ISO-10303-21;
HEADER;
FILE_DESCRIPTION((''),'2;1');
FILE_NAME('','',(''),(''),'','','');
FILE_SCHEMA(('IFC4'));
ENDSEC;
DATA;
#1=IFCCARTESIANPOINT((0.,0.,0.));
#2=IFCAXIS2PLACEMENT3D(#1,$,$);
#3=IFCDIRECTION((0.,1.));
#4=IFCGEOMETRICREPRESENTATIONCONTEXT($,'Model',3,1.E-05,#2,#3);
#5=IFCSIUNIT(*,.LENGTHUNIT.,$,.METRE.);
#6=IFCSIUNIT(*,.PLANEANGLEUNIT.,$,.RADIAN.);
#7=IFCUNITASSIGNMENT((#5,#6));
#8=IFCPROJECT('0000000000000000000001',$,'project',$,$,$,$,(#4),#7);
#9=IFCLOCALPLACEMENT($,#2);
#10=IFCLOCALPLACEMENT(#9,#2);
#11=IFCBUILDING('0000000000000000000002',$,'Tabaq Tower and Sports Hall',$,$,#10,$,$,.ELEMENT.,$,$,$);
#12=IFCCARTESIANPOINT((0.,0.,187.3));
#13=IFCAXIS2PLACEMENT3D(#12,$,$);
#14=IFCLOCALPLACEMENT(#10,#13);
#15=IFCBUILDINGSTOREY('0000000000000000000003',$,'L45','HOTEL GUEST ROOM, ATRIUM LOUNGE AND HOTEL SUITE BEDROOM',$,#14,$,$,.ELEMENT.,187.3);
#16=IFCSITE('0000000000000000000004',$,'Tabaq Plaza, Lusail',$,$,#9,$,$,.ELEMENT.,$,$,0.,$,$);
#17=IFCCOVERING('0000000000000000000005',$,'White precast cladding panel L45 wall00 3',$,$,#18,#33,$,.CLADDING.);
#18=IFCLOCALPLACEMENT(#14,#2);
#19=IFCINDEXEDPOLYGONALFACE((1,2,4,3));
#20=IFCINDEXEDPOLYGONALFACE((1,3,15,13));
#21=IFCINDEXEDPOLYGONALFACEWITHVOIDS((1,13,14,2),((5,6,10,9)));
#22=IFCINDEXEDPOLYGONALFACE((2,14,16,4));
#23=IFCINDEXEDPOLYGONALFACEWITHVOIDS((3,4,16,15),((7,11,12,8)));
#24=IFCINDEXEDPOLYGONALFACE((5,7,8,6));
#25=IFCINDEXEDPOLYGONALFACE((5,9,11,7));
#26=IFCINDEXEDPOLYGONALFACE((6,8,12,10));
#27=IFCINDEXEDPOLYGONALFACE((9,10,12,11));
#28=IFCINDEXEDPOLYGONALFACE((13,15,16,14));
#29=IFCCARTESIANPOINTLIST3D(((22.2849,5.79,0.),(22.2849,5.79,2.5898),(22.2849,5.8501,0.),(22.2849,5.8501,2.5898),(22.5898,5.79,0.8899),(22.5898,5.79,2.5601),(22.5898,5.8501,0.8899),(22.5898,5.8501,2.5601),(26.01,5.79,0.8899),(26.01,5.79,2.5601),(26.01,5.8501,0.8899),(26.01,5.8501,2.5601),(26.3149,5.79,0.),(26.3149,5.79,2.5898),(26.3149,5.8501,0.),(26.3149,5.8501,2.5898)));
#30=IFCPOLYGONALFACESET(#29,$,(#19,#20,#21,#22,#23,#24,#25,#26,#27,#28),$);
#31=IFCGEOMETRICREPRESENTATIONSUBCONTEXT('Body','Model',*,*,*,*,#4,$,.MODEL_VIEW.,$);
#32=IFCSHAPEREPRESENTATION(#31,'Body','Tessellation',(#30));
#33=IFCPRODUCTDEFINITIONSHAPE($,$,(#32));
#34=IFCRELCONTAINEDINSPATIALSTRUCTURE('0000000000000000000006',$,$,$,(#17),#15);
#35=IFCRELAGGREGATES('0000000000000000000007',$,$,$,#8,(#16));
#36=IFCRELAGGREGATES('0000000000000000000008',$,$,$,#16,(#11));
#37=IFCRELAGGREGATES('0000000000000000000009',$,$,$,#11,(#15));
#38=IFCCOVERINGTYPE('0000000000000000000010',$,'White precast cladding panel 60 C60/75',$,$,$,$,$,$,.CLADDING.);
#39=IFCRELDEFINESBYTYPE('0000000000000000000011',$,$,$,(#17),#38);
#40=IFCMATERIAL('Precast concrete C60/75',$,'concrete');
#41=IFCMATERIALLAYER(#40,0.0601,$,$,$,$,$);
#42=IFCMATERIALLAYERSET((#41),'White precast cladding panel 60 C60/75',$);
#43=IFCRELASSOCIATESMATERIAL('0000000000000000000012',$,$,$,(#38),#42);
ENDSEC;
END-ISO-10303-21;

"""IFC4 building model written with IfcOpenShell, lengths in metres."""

from ifc_helpers import new_model, si_unit, direction, frame, origin, place, context, subcontext, project, spatial, polyline, outline, extrude, material, layer, layer_set, type_object, element, save


model = new_model("IFC4")

# Units and contexts
model_context = context("Model", 3, precision=1e-05, world=origin(), true_north=direction((0.0, 1.0)))
body_context = subcontext(model_context, "Body", "Model", "MODEL_VIEW")
ifc_project = project(units=[si_unit("LENGTHUNIT", "METRE"), si_unit("PLANEANGLEUNIT", "RADIAN")], contexts=[model_context])

# Site, building, storey
site_placement = place(None, origin())
site = spatial("IfcSite", under=ifc_project, at=site_placement, Name="Tabaq Plaza, Lusail", CompositionType="ELEMENT", RefElevation=0.0)
building_placement = place(site_placement, origin())
building = spatial("IfcBuilding", under=site, at=building_placement, Name="Tabaq Tower and Sports Hall", CompositionType="ELEMENT")
storey_placement = place(building_placement, frame((0.0, 0.0, 187.3)))
storey = spatial("IfcBuildingStorey", under=building, at=storey_placement, Name="L45", Description="HOTEL GUEST ROOM, ATRIUM LOUNGE AND HOTEL SUITE BEDROOM", CompositionType="ELEMENT", Elevation=187.3)

# Covering
ifc_material_1 = material(Name="Precast concrete C60/75", Category="concrete")
ifc_layer_1 = layer(ifc_material_1, 0.0601)
ifc_layer_set_1 = layer_set([ifc_layer_1], Name="White precast cladding panel 60 C60/75")
covering_type = type_object("IfcCoveringType", Name="White precast cladding panel 60 C60/75", PredefinedType="CLADDING", material=ifc_layer_set_1)
covering_1_placement = place(storey_placement, frame((22.2849, 5.8201, 0.0), z_axis=(0.0, 0.0, 1.0), x_axis=(1.0, 0.0, 0.0)))
element("IfcCovering", 1, at=covering_1_placement, inside=storey, type_object=covering_type, Name="White precast cladding panel L45 wall00 3", PredefinedType="CLADDING", context=body_context, shape_type="SweptSolid", body=[
    extrude(outline(polyline([(0.0, 0.0), (4.03, 0.0), (4.03, 2.5898), (0.0, 2.5898), (0.0, 0.0)]), holes=[polyline([(3.7251, 0.8899), (0.3049, 0.8899), (0.3049, 2.5601), (3.7251, 2.5601), (3.7251, 0.8899)])]), frame((0.0, 0.03, 0.0), z_axis=(0.0, -1.0, 0.0), x_axis=(1.0, 0.0, 0.0)), (0.0, 0.0, 1.0), 0.0601),
])

save(model, "model.ifc")
